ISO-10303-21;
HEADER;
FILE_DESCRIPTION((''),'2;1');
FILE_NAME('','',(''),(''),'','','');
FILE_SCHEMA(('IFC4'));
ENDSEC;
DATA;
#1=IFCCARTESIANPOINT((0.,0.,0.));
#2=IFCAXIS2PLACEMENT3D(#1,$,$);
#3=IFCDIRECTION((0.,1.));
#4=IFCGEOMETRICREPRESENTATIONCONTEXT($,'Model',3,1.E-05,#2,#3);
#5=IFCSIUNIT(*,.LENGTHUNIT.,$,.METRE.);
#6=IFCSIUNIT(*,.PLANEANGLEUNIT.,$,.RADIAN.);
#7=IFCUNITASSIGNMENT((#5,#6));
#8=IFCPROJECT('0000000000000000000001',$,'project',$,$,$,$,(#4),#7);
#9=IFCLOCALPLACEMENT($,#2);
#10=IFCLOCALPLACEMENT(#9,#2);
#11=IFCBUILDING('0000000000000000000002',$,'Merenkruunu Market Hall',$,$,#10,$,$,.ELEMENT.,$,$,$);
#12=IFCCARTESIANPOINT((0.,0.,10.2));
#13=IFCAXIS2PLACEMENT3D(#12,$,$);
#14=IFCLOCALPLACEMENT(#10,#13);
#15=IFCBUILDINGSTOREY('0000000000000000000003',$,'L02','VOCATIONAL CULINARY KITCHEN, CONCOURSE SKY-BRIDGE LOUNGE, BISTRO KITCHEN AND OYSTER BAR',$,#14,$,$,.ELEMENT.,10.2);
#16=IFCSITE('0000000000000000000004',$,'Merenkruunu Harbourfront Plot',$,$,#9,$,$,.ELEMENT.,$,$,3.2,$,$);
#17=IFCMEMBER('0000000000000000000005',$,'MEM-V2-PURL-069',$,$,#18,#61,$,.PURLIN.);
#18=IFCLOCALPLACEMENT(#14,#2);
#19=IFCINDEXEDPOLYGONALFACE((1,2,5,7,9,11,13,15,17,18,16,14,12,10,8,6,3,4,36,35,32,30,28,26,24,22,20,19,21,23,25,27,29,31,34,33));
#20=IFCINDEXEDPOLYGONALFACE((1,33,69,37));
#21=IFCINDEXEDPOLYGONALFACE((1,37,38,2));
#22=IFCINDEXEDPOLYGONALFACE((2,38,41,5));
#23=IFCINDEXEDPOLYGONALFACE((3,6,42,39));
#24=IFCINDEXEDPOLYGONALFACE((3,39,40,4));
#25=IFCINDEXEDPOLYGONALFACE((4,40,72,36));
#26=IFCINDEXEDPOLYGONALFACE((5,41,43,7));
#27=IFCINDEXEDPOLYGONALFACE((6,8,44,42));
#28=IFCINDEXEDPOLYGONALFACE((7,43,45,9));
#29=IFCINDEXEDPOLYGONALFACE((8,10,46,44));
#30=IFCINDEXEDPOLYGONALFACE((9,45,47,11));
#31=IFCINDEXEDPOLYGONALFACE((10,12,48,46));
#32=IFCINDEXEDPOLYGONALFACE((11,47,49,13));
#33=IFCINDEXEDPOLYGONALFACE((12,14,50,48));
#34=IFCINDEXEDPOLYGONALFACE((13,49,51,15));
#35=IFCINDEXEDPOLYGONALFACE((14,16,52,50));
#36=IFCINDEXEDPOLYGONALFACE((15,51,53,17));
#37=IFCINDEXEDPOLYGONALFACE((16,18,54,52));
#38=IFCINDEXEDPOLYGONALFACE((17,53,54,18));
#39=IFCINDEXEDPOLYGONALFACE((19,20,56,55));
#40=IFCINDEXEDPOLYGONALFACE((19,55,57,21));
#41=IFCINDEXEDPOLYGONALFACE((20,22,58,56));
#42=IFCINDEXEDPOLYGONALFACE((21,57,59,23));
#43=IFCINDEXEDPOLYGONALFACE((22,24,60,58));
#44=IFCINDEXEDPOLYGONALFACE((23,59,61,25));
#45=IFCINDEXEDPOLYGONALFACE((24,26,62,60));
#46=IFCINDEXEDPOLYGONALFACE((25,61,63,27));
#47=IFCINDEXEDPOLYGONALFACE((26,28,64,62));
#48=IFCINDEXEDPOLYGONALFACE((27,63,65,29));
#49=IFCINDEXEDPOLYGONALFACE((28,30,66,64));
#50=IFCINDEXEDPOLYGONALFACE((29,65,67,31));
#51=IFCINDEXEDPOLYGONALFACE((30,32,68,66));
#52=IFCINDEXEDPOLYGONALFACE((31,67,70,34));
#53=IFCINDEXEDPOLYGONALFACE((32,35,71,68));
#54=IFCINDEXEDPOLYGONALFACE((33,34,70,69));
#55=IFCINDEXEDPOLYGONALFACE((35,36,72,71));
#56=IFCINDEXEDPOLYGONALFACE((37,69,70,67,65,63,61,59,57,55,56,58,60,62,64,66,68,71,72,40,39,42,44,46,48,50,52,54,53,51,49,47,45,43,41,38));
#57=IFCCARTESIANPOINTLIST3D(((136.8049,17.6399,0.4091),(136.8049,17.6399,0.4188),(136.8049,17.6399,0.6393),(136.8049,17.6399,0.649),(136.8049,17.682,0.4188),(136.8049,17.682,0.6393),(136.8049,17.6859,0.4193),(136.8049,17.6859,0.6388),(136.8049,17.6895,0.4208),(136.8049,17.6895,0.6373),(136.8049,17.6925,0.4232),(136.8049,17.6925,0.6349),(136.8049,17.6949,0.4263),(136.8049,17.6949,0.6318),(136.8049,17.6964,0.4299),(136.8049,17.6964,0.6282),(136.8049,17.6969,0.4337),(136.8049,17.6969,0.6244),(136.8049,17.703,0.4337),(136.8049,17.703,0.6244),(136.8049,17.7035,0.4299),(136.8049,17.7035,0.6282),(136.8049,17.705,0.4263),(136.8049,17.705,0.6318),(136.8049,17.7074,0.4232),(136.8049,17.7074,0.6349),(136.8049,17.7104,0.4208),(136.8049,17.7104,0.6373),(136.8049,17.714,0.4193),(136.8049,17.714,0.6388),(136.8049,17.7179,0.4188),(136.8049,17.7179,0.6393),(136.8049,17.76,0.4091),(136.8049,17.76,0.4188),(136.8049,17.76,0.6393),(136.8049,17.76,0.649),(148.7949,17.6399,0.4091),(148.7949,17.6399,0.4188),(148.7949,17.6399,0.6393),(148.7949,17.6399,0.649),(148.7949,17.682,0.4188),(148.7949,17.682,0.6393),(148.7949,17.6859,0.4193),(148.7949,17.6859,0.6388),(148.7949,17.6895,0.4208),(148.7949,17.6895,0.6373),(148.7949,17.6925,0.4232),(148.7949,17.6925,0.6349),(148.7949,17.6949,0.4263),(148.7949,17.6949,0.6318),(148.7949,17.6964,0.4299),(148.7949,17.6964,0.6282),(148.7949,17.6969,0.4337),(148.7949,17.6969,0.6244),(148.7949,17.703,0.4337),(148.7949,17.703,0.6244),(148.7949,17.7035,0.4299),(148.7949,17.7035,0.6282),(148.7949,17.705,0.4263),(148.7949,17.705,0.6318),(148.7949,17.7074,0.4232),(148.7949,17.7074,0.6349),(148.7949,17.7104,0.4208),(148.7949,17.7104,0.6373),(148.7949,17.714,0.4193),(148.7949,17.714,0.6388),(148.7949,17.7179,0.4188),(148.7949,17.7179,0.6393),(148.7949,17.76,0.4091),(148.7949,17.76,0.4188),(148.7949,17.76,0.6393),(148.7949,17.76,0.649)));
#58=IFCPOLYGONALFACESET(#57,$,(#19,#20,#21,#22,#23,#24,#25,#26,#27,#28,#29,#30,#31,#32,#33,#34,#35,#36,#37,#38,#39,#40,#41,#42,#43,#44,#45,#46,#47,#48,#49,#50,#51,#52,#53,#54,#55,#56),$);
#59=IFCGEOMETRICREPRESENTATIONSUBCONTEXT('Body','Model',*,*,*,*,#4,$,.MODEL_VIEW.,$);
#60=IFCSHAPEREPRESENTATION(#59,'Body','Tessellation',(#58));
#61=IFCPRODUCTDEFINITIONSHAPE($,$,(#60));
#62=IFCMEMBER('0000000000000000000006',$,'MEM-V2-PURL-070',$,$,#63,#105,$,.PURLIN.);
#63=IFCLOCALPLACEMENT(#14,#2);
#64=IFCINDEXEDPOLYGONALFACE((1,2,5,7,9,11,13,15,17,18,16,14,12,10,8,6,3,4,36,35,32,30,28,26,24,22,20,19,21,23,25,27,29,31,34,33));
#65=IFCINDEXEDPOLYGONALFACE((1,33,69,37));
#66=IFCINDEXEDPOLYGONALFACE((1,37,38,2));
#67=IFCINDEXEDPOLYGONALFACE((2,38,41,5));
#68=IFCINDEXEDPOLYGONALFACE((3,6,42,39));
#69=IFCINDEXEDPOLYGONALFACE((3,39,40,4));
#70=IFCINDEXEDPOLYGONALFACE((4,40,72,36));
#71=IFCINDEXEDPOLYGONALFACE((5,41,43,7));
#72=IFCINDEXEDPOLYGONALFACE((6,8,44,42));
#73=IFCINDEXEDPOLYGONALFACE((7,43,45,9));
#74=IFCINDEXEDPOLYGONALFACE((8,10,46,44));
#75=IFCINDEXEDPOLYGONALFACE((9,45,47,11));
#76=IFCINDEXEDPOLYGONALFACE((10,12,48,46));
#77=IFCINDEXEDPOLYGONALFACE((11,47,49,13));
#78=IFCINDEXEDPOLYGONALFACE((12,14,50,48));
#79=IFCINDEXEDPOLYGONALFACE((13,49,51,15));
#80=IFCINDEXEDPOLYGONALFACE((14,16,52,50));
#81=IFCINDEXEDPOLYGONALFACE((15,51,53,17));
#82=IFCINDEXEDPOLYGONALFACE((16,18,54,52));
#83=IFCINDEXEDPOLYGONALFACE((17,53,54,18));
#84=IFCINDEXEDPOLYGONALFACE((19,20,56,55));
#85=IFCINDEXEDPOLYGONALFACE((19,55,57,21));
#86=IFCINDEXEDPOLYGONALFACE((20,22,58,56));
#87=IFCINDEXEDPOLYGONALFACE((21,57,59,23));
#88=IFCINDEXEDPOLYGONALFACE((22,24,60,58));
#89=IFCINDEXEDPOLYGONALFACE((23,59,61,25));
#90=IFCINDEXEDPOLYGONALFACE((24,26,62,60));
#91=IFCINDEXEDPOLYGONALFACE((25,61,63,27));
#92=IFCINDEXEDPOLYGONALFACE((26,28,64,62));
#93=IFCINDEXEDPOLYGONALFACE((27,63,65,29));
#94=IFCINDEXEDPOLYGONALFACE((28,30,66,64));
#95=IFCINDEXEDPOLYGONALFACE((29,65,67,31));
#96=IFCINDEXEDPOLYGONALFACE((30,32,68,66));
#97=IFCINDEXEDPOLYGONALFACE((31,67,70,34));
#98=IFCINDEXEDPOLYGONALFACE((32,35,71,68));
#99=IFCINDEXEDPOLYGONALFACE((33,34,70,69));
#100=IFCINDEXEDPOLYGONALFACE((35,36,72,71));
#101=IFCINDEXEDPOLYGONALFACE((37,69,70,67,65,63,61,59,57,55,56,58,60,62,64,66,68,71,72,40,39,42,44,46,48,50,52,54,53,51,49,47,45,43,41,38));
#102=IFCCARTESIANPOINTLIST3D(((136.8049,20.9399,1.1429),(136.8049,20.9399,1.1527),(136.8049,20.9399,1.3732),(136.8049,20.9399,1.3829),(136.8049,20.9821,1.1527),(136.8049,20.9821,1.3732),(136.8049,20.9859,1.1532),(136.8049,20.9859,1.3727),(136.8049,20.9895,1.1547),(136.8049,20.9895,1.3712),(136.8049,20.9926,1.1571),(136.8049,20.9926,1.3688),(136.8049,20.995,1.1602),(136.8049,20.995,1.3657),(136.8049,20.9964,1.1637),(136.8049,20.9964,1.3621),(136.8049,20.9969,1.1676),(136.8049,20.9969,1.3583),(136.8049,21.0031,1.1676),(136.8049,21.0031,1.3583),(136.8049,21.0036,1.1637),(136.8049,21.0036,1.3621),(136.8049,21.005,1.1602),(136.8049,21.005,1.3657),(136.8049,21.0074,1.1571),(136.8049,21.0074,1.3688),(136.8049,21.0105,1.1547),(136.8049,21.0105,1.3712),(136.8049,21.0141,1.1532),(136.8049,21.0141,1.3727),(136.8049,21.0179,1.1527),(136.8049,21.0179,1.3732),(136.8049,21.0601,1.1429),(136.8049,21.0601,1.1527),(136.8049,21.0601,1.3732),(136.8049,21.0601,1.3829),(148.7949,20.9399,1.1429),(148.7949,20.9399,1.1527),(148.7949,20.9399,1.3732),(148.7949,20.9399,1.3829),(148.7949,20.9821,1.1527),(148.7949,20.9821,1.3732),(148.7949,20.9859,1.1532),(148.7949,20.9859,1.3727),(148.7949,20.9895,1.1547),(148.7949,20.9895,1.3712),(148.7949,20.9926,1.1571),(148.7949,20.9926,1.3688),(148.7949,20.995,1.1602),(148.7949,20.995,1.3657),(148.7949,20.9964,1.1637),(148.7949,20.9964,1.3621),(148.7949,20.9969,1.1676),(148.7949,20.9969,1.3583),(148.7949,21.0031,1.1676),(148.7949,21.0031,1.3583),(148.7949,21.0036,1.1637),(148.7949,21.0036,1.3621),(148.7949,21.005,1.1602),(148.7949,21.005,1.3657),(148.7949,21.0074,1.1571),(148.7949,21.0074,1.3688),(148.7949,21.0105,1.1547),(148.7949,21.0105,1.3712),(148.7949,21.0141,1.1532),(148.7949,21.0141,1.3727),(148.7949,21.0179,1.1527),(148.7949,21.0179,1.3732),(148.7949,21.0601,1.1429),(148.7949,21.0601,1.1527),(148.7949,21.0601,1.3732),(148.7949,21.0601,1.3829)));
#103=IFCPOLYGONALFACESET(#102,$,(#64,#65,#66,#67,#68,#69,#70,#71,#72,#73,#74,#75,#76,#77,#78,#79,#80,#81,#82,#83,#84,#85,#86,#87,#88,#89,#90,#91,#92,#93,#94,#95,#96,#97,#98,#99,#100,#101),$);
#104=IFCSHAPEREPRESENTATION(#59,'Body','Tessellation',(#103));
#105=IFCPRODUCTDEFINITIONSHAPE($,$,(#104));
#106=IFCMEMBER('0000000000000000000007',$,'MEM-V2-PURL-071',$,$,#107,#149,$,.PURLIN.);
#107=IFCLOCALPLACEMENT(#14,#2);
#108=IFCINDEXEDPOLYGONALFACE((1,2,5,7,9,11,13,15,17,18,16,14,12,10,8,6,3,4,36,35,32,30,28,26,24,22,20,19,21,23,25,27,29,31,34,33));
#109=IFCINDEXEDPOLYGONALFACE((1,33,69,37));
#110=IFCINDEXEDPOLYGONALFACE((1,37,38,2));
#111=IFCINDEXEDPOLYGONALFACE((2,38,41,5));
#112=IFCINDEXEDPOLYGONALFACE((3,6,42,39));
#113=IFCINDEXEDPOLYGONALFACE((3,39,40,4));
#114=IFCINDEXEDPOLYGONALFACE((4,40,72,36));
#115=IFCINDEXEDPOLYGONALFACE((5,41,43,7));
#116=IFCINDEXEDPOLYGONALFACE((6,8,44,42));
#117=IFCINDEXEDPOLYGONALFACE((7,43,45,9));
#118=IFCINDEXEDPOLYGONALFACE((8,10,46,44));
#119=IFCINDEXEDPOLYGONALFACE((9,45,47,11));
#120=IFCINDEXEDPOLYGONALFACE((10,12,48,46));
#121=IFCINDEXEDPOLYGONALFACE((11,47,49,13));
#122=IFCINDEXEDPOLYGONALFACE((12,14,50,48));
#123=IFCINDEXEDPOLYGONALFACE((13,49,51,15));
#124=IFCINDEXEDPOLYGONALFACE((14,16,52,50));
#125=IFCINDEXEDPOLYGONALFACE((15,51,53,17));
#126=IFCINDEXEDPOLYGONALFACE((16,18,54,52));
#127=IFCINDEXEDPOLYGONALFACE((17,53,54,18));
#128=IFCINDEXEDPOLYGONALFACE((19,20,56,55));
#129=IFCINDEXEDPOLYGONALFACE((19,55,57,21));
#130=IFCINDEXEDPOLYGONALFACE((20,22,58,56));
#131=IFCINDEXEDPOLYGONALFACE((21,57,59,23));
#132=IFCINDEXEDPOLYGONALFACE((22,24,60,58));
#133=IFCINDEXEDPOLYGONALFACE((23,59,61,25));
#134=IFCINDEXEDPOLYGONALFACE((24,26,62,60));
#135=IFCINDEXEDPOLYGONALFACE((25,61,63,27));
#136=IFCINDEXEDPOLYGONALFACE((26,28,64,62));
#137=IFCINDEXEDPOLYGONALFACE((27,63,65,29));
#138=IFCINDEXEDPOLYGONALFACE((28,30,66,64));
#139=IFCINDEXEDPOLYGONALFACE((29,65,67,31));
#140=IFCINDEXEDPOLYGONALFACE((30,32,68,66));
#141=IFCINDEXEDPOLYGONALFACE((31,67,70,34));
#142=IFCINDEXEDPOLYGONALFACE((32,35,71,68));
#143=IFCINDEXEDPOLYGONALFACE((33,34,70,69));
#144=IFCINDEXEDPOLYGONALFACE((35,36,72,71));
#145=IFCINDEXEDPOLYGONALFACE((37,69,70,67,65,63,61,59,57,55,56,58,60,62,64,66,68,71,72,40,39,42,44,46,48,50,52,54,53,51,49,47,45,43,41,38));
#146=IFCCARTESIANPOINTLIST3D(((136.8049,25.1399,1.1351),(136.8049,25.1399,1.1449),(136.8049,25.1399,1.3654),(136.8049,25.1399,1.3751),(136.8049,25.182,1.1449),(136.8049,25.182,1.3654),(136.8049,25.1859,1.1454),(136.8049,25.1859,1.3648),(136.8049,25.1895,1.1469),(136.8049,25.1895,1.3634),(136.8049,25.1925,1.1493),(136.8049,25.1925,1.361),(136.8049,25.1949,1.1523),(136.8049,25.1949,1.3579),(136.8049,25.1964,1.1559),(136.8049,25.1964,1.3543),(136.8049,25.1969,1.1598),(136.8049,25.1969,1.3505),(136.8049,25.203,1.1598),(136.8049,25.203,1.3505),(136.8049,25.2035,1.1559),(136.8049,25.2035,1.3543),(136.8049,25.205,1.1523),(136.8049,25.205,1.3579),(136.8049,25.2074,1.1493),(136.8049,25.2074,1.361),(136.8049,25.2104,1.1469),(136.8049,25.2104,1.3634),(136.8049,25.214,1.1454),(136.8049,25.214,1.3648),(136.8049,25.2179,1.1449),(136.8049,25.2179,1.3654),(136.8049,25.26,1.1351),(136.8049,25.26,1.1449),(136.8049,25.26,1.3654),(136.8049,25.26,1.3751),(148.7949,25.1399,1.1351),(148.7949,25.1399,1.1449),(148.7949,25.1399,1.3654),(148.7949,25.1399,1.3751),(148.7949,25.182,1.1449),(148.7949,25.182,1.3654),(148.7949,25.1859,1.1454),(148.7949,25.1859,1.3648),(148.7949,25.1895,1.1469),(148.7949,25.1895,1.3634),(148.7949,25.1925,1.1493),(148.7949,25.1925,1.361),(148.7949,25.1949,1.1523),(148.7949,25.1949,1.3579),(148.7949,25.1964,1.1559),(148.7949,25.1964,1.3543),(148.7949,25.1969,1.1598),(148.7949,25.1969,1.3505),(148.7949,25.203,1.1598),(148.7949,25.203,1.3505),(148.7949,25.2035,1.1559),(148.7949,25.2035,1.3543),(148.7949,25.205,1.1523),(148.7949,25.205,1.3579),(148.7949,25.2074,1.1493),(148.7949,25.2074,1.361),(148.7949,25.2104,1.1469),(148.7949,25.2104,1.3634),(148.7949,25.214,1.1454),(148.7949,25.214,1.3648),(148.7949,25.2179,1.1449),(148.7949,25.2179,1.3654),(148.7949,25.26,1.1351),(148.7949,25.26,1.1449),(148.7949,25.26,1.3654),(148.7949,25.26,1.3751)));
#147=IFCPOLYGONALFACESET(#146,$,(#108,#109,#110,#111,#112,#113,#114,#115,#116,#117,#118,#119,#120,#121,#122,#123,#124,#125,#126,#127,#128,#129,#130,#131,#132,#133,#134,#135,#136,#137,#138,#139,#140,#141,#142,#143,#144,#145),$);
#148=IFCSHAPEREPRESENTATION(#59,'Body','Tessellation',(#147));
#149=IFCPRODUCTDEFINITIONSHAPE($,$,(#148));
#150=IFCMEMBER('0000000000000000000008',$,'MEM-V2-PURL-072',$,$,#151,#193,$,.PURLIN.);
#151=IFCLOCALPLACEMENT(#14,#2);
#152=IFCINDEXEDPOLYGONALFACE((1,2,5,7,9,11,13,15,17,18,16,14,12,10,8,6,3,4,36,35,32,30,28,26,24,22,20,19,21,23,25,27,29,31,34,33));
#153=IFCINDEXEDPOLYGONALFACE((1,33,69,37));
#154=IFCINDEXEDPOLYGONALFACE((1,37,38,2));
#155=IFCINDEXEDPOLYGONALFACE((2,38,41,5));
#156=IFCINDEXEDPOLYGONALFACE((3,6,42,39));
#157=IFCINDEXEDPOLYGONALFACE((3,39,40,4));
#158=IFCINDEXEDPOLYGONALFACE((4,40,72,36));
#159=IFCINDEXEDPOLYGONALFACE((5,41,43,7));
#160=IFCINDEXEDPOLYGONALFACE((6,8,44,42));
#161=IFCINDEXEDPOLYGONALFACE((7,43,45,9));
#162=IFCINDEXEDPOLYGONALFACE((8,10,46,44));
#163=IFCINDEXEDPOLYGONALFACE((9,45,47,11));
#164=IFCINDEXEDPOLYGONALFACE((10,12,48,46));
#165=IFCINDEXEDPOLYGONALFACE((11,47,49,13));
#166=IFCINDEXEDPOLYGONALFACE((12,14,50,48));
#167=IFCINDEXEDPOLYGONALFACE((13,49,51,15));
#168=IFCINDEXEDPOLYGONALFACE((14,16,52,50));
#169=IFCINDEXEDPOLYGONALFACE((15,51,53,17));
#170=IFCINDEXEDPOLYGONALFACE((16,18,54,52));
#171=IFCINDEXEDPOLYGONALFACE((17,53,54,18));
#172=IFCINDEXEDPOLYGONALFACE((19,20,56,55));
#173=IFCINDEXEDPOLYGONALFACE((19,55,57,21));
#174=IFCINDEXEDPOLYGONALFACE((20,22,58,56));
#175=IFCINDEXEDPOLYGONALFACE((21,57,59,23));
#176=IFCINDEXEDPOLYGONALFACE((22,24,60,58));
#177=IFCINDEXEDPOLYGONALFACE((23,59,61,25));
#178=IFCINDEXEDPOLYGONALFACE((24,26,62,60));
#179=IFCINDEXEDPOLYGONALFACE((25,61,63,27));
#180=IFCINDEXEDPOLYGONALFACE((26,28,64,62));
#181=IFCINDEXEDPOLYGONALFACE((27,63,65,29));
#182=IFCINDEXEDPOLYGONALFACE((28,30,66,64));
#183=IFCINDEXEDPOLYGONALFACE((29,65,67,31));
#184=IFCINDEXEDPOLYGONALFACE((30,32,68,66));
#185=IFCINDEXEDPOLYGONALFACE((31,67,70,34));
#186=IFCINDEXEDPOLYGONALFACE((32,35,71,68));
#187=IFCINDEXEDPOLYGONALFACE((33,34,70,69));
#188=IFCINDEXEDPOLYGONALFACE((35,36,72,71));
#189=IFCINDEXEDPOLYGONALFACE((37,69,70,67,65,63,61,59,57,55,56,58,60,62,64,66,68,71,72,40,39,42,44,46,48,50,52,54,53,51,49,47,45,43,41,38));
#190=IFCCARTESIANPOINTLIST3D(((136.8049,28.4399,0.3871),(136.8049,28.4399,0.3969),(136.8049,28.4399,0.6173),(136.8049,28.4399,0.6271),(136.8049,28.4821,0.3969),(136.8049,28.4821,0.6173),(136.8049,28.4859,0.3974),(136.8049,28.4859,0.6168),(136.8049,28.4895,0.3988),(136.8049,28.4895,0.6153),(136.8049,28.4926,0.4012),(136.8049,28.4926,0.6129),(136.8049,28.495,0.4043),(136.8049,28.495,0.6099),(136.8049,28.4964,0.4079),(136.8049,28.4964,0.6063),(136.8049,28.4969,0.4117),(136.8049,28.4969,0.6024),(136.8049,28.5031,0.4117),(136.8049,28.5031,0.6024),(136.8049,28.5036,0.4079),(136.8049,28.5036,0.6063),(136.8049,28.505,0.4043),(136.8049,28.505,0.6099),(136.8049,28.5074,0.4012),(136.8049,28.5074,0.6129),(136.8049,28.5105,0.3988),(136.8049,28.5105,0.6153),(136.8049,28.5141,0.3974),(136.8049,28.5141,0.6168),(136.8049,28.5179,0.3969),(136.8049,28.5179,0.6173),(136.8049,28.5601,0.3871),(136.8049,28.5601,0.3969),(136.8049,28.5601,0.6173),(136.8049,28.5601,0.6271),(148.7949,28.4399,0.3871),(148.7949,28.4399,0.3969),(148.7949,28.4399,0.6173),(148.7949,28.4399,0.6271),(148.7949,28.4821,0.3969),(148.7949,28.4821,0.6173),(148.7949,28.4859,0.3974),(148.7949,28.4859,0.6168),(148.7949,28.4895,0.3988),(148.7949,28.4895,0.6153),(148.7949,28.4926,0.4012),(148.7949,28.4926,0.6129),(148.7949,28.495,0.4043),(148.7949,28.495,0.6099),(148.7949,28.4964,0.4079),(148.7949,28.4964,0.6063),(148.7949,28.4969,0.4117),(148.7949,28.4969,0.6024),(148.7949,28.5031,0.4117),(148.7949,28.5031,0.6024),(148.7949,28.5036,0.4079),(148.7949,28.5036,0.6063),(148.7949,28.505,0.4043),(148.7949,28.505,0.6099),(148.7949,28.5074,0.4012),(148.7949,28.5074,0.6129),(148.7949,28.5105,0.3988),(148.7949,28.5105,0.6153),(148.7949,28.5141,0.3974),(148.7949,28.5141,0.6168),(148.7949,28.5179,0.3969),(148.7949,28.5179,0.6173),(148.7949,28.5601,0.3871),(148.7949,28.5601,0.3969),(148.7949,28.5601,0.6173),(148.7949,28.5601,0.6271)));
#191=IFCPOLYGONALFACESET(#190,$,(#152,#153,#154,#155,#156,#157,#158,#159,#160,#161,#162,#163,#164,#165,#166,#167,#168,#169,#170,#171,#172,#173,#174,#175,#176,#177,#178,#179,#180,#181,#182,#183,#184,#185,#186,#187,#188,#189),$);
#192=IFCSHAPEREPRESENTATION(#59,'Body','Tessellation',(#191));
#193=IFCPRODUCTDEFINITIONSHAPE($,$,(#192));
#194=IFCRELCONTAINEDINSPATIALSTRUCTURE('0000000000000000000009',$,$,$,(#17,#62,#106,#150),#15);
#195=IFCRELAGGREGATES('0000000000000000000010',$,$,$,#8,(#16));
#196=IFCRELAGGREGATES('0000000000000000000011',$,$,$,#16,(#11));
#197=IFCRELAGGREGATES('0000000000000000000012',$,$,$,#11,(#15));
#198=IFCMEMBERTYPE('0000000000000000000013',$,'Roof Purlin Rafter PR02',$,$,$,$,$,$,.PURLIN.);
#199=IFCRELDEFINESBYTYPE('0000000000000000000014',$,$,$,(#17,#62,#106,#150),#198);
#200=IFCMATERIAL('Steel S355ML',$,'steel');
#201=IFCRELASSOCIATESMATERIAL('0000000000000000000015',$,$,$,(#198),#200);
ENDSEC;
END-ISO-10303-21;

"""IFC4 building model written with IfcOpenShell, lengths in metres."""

from ifc_helpers import new_model, si_unit, direction, frame, origin, origin_2d, place, context, subcontext, project, spatial, i_section, extrude, material, material_profile, profile_set, type_object, element, save


model = new_model("IFC4")

# Units and contexts
model_context = context("Model", 3, precision=1e-05, world=origin(), true_north=direction((0.0, 1.0)))
body_context = subcontext(model_context, "Body", "Model", "MODEL_VIEW")
ifc_project = project(units=[si_unit("LENGTHUNIT", "METRE"), si_unit("PLANEANGLEUNIT", "RADIAN")], contexts=[model_context])

# Site, building, storey
site_placement = place(None, origin())
site = spatial("IfcSite", under=ifc_project, at=site_placement, Name="Merenkruunu Harbourfront Plot", CompositionType="ELEMENT", RefElevation=3.2)
building_placement = place(site_placement, origin())
building = spatial("IfcBuilding", under=site, at=building_placement, Name="Merenkruunu Market Hall", CompositionType="ELEMENT")
storey_placement = place(building_placement, frame((0.0, 0.0, 10.2)))
storey = spatial("IfcBuildingStorey", under=building, at=storey_placement, Name="L02", Description="VOCATIONAL CULINARY KITCHEN, CONCOURSE SKY-BRIDGE LOUNGE, BISTRO KITCHEN AND OYSTER BAR", CompositionType="ELEMENT", Elevation=10.2)

# Members
ifc_material_1 = material(Name="Steel S355ML", Category="steel")
ifc_material_profile_1 = material_profile(ifc_material_1, i_section(OverallWidth=0.1201, OverallDepth=0.24, WebThickness=0.0061, FlangeThickness=0.0098, FilletRadius=0.0149, at=origin_2d()), Name="IPE 240")
ifc_profile_set_1 = profile_set([ifc_material_profile_1], Name="Steel S355ML")
member_type_1 = type_object("IfcMemberType", Name="Roof Purlin Rafter PR02", PredefinedType="PURLIN", material=ifc_profile_set_1)
for number, where, z_axis, x_axis, name in (
    (1, (136.8049, 17.7, 0.5291), (1.0, 0.0, 0.0), (0.0, 1.0, 0.0), "MEM-V2-PURL-069"),
    (2, (136.8049, 21.0, 1.2629), (1.0, 0.0, 0.0), (0.0, 1.0, 0.0), "MEM-V2-PURL-070"),
    (3, (136.8049, 25.2, 1.2551), (1.0, 0.0, 0.0), (0.0, 1.0, 0.0), "MEM-V2-PURL-071"),
    (4, (136.8049, 28.5, 0.5071), (1.0, 0.0, 0.0), (0.0, 1.0, 0.0), "MEM-V2-PURL-072"),
):
    element("IfcMember", number, at=place(storey_placement, frame(where, z_axis=z_axis, x_axis=x_axis)), inside=storey, type_object=member_type_1, Name=name, PredefinedType="PURLIN", context=body_context, shape_type="SweptSolid", body=[
        extrude(i_section(OverallWidth=0.1201, OverallDepth=0.24, WebThickness=0.0061, FlangeThickness=0.0098, FilletRadius=0.0149, at=origin_2d()), origin(), (0.0, 0.0, 1.0), 11.99),
    ])

save(model, "model.ifc")
